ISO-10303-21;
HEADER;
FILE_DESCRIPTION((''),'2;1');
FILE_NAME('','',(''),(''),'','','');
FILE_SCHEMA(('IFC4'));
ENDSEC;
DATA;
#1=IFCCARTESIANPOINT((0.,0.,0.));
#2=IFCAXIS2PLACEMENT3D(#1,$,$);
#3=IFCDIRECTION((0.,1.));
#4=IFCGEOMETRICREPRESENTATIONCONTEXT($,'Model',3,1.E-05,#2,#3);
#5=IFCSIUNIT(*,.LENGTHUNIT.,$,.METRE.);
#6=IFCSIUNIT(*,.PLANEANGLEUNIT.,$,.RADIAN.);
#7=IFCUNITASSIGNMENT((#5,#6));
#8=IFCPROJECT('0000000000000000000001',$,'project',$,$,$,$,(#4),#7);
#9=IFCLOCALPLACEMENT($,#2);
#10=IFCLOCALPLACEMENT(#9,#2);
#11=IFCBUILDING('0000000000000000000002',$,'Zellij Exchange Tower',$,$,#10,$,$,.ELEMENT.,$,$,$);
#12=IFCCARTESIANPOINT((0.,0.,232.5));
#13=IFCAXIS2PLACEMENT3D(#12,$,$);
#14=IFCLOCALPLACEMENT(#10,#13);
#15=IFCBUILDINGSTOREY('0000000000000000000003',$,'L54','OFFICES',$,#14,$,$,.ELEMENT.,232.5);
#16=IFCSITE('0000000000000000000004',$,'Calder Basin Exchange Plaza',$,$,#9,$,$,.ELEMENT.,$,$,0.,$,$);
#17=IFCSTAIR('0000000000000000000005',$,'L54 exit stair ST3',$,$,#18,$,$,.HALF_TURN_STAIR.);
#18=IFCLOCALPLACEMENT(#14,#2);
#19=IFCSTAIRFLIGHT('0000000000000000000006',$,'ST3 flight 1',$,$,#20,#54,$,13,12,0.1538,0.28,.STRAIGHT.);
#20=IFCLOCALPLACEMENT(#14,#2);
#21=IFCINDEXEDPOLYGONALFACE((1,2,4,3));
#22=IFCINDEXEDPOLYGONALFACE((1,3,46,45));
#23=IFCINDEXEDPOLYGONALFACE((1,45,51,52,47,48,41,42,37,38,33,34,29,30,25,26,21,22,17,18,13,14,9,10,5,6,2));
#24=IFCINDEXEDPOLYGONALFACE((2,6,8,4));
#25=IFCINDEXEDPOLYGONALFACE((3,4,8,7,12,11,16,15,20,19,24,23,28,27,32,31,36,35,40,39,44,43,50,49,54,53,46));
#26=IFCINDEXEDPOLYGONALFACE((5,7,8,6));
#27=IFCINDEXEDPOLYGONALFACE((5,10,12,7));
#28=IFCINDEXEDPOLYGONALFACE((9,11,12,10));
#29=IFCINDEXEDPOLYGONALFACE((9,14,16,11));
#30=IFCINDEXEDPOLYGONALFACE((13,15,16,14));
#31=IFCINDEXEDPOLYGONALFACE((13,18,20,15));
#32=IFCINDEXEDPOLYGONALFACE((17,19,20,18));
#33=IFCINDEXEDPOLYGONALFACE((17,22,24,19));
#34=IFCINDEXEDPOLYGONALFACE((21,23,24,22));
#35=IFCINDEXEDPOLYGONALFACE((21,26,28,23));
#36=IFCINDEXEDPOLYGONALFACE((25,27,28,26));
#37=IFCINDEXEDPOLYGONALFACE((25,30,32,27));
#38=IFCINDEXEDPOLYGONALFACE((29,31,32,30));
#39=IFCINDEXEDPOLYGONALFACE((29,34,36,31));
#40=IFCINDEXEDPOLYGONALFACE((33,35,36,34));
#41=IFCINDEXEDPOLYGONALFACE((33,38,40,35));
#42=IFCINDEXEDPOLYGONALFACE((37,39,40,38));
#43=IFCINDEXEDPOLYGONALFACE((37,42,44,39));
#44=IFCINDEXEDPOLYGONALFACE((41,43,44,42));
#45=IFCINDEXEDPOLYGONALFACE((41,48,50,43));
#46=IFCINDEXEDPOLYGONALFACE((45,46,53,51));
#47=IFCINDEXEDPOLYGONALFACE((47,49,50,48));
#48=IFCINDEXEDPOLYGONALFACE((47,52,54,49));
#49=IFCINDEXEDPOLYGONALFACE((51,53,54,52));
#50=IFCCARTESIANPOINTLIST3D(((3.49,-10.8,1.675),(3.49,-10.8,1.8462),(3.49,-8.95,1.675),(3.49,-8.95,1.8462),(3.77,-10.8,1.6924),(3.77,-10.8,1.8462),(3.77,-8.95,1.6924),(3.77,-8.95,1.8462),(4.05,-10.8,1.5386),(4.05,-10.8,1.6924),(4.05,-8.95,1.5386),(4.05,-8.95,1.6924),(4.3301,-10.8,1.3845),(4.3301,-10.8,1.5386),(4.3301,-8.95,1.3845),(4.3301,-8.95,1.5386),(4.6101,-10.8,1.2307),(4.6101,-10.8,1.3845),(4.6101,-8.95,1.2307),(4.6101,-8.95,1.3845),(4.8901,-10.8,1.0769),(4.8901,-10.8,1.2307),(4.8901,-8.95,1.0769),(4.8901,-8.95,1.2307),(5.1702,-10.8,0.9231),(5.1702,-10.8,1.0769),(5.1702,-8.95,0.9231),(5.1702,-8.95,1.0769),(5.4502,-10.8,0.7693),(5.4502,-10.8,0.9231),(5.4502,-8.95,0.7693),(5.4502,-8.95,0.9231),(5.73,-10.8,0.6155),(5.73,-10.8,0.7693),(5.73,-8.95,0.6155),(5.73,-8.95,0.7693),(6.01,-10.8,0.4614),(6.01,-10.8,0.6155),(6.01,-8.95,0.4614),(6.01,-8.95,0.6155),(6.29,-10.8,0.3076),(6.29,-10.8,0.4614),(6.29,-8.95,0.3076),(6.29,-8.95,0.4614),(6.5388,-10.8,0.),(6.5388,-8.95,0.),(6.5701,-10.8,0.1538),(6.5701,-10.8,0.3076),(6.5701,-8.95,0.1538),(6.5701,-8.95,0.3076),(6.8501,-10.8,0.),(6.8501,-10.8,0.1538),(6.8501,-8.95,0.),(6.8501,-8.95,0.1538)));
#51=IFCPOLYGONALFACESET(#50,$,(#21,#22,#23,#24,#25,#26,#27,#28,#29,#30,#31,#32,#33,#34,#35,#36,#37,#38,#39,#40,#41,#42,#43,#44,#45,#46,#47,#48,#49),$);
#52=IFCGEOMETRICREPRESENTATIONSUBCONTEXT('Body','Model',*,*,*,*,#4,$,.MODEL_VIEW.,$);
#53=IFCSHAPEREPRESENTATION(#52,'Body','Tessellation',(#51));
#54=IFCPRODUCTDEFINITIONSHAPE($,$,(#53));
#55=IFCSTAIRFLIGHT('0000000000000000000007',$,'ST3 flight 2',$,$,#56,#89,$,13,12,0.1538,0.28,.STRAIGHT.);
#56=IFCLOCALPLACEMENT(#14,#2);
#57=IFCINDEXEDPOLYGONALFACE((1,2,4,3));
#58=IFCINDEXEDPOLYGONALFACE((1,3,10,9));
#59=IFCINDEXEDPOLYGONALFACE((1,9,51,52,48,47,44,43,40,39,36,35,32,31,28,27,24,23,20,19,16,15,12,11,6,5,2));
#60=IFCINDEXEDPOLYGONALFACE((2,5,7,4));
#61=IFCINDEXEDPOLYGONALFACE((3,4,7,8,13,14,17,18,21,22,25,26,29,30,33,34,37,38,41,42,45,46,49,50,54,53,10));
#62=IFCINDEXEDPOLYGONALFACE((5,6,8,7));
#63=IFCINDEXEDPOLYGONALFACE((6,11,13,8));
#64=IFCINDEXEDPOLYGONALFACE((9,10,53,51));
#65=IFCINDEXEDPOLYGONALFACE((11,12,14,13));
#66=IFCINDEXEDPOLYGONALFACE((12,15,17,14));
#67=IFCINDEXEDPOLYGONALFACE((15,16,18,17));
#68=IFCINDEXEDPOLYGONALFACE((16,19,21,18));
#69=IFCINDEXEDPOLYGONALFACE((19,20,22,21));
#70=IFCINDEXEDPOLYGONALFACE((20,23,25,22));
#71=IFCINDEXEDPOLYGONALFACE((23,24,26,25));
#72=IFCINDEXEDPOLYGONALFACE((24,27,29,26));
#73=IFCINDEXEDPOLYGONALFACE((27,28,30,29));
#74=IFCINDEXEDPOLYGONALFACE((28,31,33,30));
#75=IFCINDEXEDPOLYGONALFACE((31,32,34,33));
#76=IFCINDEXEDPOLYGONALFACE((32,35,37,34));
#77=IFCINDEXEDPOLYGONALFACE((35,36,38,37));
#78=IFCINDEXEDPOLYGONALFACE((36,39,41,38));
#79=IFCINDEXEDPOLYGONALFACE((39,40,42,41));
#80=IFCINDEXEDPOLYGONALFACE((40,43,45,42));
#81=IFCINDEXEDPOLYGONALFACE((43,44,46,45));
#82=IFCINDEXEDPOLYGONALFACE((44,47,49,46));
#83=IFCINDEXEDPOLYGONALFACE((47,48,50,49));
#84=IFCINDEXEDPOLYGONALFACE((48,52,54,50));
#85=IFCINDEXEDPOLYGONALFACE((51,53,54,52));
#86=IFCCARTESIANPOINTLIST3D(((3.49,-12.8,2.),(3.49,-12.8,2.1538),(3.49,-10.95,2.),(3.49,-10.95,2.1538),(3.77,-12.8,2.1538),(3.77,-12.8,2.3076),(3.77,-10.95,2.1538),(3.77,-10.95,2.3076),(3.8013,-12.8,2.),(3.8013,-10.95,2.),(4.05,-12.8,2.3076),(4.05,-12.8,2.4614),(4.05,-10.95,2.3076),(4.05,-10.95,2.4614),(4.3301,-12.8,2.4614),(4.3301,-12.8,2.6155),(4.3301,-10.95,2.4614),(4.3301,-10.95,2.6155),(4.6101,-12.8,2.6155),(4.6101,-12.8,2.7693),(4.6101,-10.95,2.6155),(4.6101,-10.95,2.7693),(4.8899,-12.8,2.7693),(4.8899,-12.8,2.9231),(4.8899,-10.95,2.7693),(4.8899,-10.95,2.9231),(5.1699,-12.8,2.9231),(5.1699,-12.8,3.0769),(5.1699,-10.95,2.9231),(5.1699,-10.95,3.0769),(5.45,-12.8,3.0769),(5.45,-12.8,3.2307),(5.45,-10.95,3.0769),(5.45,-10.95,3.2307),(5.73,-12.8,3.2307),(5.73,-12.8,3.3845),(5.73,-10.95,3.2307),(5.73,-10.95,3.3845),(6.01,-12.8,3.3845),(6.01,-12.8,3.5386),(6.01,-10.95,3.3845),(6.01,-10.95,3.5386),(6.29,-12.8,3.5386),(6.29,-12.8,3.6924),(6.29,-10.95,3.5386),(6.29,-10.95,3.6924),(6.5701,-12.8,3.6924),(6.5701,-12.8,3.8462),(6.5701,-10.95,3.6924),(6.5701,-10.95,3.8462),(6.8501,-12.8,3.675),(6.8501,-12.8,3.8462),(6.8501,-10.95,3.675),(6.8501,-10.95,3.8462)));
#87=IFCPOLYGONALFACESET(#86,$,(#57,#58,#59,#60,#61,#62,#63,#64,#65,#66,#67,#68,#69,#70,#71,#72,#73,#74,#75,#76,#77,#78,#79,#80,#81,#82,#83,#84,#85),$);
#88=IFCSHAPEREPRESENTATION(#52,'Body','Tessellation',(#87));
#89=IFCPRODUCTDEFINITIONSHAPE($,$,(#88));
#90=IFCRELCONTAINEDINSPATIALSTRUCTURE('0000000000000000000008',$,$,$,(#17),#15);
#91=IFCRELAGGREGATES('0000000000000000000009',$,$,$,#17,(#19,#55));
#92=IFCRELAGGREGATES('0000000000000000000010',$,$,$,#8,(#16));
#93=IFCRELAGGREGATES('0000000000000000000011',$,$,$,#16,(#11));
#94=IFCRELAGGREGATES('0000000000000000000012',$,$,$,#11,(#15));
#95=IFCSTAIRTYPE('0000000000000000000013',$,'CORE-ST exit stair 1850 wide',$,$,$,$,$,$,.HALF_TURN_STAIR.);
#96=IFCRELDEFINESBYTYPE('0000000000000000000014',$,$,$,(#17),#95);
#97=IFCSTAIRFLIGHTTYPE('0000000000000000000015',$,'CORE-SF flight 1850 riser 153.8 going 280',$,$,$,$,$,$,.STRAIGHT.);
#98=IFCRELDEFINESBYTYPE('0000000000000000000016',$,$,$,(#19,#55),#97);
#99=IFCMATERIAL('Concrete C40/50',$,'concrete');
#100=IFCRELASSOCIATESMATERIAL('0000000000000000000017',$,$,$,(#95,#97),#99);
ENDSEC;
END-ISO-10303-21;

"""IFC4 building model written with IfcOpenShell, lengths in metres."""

from ifc_helpers import new_model, si_unit, direction, frame, origin, place, context, subcontext, project, spatial, polyline, outline, extrude, material, type_object, element, aggregate, save


model = new_model("IFC4")

# Units and contexts
model_context = context("Model", 3, precision=1e-05, world=origin(), true_north=direction((0.0, 1.0)))
body_context = subcontext(model_context, "Body", "Model", "MODEL_VIEW")
ifc_project = project(units=[si_unit("LENGTHUNIT", "METRE"), si_unit("PLANEANGLEUNIT", "RADIAN")], contexts=[model_context])

# Site, building, storey
site_placement = place(None, origin())
site = spatial("IfcSite", under=ifc_project, at=site_placement, Name="Calder Basin Exchange Plaza", CompositionType="ELEMENT", RefElevation=0.0)
building_placement = place(site_placement, origin())
building = spatial("IfcBuilding", under=site, at=building_placement, Name="Zellij Exchange Tower", CompositionType="ELEMENT")
storey_placement = place(building_placement, frame((0.0, 0.0, 232.5)))
storey = spatial("IfcBuildingStorey", under=building, at=storey_placement, Name="L54", Description="OFFICES", CompositionType="ELEMENT", Elevation=232.5)

# Shared definitions
ifc_material_1 = material(Name="Concrete C40/50", Category="concrete")

# Stair, stair flights
stair_type = type_object("IfcStairType", Name="CORE-ST exit stair 1850 wide", PredefinedType="HALF_TURN_STAIR", material=ifc_material_1)
stair_placement = place(storey_placement, origin())
stair = element("IfcStair", 1, at=stair_placement, inside=storey, type_object=stair_type, Name="L54 exit stair ST3", PredefinedType="HALF_TURN_STAIR")
stair_flight_type = type_object("IfcStairFlightType", Name="CORE-SF flight 1850 riser 153.8 going 280", PredefinedType="STRAIGHT", material=ifc_material_1)
stair_flight_1_placement = place(storey_placement, frame((6.8501, -9.875, 0.0), z_axis=(0.0, 0.0, 1.0), x_axis=(-1.0, 0.0, 0.0)))
stair_flight_1 = element("IfcStairFlight", 2, at=stair_flight_1_placement, type_object=stair_flight_type, Name="ST3 flight 1", NumberOfRisers=13, NumberOfTreads=12, PredefinedType="STRAIGHT", RiserHeight=0.1538, TreadLength=0.28, context=body_context, shape_type="SweptSolid", body=[
    extrude(outline(polyline([(0.0, 0.0), (0.0, 0.1538), (0.28, 0.1538), (0.28, 0.3076), (0.5601, 0.3076), (0.5601, 0.4614), (0.8401, 0.4614), (0.8401, 0.6155), (1.1201, 0.6155), (1.1201, 0.7693), (1.3999, 0.7693), (1.3999, 0.9231), (1.6799, 0.9231), (1.6799, 1.0769), (1.96, 1.0769), (1.96, 1.2307), (2.24, 1.2307), (2.24, 1.3845), (2.52, 1.3845), (2.52, 1.5386), (2.8, 1.5386), (2.8, 1.6924), (3.0801, 1.6924), (3.0801, 1.8462), (3.3601, 1.8462), (3.3601, 2.0), (3.3601, 1.675), (0.3113, 0.0), (0.0, 0.0)])), frame((0.0, 0.925, 0.0), z_axis=(0.0, -1.0, 0.0), x_axis=(1.0, 0.0, 0.0)), (0.0, 0.0, 1.0), 1.8501),
])
stair_flight_2_placement = place(storey_placement, frame((3.49, -11.875, 2.0), z_axis=(0.0, 0.0, 1.0), x_axis=(1.0, 0.0, 0.0)))
stair_flight_2 = element("IfcStairFlight", 3, at=stair_flight_2_placement, type_object=stair_flight_type, Name="ST3 flight 2", NumberOfRisers=13, NumberOfTreads=12, PredefinedType="STRAIGHT", RiserHeight=0.1538, TreadLength=0.28, context=body_context, shape_type="SweptSolid", body=[
    extrude(outline(polyline([(0.0, 0.0), (0.0, 0.1538), (0.28, 0.1538), (0.28, 0.3076), (0.5601, 0.3076), (0.5601, 0.4614), (0.8401, 0.4614), (0.8401, 0.6155), (1.1201, 0.6155), (1.1201, 0.7693), (1.3999, 0.7693), (1.3999, 0.9231), (1.6799, 0.9231), (1.6799, 1.0769), (1.96, 1.0769), (1.96, 1.2307), (2.24, 1.2307), (2.24, 1.3845), (2.52, 1.3845), (2.52, 1.5386), (2.8, 1.5386), (2.8, 1.6924), (3.0801, 1.6924), (3.0801, 1.8462), (3.3601, 1.8462), (3.3601, 2.0), (3.3601, 1.675), (0.3113, 0.0), (0.0, 0.0)])), frame((0.0, 0.925, 0.0), z_axis=(0.0, -1.0, 0.0), x_axis=(1.0, 0.0, 0.0)), (0.0, 0.0, 1.0), 1.8501),
])
aggregate(stair, [stair_flight_1, stair_flight_2])

save(model, "model.ifc")
